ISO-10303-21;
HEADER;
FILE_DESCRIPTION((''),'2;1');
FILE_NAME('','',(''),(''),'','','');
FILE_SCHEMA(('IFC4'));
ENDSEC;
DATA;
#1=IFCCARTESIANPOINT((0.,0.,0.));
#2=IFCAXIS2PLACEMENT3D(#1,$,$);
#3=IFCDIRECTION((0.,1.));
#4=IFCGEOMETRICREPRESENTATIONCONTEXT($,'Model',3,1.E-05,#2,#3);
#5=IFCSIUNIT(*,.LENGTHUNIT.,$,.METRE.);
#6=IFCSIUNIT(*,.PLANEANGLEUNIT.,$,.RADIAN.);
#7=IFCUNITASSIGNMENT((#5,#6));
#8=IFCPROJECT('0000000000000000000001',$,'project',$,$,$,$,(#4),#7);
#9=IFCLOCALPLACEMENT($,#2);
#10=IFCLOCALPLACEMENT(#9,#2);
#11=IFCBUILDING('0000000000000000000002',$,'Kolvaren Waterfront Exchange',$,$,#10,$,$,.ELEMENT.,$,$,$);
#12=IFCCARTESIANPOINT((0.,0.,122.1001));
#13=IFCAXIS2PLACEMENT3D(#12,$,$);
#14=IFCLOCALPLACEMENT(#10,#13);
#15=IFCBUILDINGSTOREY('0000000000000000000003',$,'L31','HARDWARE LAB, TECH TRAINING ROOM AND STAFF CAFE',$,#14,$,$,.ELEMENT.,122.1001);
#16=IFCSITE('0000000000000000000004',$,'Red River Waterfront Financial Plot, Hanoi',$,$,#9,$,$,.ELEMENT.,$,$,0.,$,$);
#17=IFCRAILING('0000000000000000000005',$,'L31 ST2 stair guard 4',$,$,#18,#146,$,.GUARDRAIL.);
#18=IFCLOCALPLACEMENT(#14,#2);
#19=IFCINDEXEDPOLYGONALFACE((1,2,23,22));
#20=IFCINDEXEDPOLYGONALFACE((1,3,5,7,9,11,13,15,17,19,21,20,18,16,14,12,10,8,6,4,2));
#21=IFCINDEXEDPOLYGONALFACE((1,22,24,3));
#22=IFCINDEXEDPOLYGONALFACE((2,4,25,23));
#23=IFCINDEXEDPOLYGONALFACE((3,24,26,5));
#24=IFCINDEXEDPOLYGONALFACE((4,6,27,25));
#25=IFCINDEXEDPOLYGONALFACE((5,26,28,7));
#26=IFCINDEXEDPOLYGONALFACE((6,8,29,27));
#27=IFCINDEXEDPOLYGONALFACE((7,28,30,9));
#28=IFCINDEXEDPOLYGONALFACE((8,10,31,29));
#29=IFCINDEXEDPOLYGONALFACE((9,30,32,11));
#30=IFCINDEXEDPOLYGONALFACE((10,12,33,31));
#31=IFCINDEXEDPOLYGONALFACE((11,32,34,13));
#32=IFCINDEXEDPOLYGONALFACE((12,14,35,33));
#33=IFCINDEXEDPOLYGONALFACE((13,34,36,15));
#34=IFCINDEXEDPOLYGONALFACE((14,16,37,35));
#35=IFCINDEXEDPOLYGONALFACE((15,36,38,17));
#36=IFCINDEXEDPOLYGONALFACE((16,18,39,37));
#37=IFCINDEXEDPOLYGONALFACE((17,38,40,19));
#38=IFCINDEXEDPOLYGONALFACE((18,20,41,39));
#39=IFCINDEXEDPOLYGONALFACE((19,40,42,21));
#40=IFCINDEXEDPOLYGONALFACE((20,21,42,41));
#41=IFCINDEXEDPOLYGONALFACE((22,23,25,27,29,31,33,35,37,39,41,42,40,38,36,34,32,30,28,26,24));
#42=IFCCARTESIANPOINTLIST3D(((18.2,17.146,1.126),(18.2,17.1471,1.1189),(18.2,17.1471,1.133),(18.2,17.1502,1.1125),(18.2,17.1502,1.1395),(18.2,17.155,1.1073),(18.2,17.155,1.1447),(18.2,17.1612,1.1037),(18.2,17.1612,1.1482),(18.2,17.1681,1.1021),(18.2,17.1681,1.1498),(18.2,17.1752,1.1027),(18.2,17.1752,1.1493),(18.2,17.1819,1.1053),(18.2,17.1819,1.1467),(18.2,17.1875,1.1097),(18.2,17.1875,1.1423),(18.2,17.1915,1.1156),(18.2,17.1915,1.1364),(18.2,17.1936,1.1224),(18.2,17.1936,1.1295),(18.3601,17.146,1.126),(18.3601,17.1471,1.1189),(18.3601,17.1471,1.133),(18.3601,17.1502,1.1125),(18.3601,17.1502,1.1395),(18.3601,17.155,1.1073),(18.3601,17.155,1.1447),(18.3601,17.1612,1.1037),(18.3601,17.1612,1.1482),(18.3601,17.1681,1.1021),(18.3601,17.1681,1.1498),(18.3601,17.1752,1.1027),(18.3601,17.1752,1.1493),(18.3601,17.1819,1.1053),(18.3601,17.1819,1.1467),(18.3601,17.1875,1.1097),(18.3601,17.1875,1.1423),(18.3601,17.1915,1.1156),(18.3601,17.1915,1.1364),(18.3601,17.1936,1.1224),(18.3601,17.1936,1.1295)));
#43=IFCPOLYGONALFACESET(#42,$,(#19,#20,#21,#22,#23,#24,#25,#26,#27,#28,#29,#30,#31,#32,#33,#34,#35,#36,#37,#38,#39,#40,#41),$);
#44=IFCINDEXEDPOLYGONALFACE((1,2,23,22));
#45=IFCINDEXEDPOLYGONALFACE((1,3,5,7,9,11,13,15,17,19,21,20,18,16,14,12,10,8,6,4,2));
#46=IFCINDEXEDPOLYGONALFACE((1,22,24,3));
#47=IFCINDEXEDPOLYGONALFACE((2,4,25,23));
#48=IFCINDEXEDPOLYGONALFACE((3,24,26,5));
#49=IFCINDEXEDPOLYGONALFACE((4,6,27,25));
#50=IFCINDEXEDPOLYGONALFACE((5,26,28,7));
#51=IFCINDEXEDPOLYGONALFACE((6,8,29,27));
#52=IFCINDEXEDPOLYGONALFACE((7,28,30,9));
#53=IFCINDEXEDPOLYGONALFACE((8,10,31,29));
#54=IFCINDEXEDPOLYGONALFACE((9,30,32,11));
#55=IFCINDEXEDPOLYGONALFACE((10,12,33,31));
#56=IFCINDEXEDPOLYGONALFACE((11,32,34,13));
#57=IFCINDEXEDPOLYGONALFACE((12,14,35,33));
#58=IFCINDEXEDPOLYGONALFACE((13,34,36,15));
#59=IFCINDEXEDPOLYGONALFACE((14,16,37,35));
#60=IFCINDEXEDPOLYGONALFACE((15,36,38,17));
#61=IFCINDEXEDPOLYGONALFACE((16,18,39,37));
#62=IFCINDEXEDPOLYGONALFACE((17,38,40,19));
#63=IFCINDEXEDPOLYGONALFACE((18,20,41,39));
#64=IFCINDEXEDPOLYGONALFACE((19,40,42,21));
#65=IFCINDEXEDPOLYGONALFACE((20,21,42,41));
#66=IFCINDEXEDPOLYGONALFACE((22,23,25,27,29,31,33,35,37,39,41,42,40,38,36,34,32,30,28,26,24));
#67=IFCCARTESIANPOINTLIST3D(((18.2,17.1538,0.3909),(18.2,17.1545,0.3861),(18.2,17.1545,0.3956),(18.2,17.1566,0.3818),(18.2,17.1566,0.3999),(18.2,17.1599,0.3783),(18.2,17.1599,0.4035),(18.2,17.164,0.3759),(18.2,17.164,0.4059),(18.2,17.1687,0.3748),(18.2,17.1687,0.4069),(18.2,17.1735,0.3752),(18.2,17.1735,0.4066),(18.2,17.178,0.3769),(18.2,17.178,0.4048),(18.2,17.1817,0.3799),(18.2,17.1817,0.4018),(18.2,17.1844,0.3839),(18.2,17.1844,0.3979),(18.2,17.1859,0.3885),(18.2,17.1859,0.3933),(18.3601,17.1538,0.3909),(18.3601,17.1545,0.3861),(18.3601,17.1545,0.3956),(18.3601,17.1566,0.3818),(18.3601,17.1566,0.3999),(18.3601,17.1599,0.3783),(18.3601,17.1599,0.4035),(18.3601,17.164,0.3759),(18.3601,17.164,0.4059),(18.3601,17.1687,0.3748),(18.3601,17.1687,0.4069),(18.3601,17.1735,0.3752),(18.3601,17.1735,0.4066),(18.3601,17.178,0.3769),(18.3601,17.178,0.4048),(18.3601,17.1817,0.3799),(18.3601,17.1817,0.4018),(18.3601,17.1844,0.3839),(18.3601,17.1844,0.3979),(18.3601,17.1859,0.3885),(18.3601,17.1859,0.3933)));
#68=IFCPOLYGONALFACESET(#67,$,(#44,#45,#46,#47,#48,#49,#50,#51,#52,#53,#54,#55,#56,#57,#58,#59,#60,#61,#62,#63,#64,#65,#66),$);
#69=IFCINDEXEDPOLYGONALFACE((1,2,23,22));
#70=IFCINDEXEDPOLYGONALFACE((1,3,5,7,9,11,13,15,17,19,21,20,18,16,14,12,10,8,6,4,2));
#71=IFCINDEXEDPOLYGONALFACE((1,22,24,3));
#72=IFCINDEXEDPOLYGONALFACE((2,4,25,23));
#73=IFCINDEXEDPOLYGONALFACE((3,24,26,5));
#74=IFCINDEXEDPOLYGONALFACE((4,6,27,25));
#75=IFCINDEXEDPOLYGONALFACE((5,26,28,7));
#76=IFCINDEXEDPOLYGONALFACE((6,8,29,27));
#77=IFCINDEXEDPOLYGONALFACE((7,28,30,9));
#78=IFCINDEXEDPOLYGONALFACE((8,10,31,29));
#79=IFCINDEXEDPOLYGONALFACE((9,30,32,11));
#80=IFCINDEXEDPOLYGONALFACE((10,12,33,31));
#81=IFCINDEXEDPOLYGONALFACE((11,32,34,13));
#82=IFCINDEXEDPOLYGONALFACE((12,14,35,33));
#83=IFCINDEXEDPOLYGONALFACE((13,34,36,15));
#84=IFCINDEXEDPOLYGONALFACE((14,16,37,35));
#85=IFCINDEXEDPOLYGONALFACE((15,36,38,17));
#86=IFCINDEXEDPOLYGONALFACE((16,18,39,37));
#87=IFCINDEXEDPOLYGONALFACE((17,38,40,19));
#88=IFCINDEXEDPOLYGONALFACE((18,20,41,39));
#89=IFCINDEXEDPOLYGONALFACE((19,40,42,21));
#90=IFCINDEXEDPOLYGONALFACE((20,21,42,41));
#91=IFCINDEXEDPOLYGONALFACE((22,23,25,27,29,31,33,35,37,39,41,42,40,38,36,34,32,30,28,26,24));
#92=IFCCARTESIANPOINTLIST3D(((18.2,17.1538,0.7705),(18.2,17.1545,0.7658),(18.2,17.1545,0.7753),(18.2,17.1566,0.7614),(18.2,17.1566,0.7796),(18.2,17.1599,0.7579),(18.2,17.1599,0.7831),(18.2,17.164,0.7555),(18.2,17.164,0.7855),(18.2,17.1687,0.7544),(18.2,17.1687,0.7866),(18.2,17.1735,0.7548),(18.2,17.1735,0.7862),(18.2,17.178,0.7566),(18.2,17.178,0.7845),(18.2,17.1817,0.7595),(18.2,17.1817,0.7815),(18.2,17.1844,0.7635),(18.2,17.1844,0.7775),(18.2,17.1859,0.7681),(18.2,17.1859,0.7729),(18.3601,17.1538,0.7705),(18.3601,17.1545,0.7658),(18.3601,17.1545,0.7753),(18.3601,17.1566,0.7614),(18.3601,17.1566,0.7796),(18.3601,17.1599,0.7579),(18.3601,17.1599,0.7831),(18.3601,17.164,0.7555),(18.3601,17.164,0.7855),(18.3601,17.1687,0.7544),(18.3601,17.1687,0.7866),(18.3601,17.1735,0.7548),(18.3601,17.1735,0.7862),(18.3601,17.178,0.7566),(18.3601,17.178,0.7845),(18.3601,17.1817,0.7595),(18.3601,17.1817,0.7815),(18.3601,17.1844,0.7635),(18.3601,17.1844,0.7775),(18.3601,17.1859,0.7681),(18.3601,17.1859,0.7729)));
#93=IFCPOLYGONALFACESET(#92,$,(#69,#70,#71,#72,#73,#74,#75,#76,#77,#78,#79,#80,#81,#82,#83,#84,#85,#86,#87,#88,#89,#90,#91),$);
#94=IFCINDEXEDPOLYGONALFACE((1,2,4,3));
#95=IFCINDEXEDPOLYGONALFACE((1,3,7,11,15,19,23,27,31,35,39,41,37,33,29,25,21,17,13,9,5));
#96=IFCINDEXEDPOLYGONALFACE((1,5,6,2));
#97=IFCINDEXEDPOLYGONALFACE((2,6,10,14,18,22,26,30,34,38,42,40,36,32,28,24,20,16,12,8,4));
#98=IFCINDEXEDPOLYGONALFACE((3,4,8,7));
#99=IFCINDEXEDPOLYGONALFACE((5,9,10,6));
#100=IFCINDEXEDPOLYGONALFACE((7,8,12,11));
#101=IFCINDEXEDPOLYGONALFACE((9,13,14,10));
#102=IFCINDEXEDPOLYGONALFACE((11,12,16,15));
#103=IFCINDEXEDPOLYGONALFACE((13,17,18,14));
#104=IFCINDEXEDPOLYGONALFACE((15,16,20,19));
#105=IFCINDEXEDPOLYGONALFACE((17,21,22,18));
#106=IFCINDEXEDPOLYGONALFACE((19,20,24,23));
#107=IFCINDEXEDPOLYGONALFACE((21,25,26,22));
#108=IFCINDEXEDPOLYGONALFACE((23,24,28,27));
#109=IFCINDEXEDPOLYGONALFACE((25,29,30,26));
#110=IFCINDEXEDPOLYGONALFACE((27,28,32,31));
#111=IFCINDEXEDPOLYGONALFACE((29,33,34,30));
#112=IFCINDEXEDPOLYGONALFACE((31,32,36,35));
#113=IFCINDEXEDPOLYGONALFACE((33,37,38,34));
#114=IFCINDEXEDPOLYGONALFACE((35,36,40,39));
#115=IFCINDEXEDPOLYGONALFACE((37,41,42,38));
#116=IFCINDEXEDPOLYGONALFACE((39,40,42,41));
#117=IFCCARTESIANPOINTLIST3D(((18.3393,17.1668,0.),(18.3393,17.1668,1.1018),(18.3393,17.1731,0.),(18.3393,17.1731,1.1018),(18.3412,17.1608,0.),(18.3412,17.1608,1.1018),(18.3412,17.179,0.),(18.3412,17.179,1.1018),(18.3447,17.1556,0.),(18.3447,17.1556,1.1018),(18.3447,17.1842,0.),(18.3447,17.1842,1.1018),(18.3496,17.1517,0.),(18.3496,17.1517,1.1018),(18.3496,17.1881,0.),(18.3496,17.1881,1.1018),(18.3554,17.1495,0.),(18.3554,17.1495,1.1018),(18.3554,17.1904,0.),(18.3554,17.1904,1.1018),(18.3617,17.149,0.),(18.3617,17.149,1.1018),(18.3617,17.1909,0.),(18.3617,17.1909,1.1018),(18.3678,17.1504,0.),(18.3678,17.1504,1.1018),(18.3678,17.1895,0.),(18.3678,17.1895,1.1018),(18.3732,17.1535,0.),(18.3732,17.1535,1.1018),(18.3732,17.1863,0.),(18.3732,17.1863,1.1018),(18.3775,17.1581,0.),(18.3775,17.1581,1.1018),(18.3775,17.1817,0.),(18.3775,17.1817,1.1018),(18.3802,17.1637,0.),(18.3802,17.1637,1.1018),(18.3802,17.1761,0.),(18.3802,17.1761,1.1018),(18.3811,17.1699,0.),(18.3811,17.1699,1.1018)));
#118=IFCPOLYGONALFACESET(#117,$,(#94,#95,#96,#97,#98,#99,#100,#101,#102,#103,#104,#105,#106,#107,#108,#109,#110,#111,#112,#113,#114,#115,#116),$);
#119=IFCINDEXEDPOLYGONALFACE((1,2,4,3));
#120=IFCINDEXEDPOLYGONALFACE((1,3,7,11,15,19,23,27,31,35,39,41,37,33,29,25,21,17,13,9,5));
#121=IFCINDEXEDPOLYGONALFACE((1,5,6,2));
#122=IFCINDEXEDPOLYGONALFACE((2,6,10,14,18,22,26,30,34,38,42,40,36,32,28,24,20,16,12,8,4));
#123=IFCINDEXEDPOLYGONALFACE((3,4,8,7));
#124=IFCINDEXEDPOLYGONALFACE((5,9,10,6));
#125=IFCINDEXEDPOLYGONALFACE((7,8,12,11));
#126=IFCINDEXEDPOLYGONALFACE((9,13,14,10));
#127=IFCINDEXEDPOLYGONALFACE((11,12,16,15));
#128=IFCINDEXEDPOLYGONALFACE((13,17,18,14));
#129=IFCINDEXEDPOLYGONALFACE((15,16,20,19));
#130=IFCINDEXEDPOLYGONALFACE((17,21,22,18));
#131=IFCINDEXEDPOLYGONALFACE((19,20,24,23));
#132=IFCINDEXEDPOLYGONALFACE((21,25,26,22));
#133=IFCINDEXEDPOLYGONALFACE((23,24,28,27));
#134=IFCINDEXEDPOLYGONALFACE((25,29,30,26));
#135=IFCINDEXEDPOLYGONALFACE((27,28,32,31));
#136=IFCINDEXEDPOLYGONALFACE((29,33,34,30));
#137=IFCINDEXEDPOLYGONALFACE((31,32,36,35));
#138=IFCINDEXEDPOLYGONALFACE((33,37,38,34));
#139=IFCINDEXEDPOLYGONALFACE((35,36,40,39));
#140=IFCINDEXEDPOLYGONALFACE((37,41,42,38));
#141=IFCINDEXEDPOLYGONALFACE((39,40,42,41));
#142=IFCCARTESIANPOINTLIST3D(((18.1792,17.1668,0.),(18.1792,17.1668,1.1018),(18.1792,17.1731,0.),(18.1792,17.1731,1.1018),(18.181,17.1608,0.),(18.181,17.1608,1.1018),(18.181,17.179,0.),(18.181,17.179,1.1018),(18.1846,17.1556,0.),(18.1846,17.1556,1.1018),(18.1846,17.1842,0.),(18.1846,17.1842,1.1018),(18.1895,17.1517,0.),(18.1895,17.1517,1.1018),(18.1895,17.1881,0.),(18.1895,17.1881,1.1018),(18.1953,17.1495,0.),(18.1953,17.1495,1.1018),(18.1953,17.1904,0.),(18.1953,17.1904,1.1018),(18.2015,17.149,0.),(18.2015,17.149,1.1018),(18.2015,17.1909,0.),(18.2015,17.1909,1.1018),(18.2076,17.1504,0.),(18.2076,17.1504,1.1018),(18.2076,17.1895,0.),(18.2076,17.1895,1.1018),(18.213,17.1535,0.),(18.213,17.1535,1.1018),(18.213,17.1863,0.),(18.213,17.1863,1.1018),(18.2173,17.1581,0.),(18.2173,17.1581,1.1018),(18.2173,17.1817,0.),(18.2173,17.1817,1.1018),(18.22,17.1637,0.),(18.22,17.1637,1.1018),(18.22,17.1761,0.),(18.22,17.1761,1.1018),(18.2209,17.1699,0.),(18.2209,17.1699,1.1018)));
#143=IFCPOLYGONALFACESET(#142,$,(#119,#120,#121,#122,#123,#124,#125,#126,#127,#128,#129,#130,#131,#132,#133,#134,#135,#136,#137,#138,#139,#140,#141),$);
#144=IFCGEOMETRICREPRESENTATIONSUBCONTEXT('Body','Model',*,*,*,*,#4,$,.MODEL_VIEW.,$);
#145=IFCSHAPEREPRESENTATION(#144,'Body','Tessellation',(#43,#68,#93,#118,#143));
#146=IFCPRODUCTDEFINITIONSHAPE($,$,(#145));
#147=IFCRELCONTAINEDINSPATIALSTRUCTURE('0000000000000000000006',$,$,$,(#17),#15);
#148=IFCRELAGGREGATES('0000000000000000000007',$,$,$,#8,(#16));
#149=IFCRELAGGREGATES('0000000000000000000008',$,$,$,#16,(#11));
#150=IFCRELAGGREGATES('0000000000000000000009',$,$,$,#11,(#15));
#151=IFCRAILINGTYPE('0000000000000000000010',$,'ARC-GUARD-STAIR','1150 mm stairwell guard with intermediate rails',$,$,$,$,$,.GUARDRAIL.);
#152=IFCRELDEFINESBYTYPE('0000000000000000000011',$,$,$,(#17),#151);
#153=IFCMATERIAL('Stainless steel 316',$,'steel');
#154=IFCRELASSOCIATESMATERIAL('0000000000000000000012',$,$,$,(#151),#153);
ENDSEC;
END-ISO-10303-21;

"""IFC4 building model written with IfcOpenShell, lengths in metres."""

from ifc_helpers import new_model, si_unit, direction, frame, origin, origin_2d, place, context, subcontext, project, spatial, circle, extrude, material, type_object, element, save


model = new_model("IFC4")

# Units and contexts
model_context = context("Model", 3, precision=1e-05, world=origin(), true_north=direction((0.0, 1.0)))
body_context = subcontext(model_context, "Body", "Model", "MODEL_VIEW")
ifc_project = project(units=[si_unit("LENGTHUNIT", "METRE"), si_unit("PLANEANGLEUNIT", "RADIAN")], contexts=[model_context])

# Site, building, storey
site_placement = place(None, origin())
site = spatial("IfcSite", under=ifc_project, at=site_placement, Name="Red River Waterfront Financial Plot, Hanoi", CompositionType="ELEMENT", RefElevation=0.0)
building_placement = place(site_placement, origin())
building = spatial("IfcBuilding", under=site, at=building_placement, Name="Kolvaren Waterfront Exchange", CompositionType="ELEMENT")
storey_placement = place(building_placement, frame((0.0, 0.0, 122.1001)))
storey = spatial("IfcBuildingStorey", under=building, at=storey_placement, Name="L31", Description="HARDWARE LAB, TECH TRAINING ROOM AND STAFF CAFE", CompositionType="ELEMENT", Elevation=122.1001)

# Railing
ifc_material_1 = material(Name="Stainless steel 316", Category="steel")
railing_type_1 = type_object("IfcRailingType", Name="ARC-GUARD-STAIR", Description="1150 mm stairwell guard with intermediate rails", PredefinedType="GUARDRAIL", material=ifc_material_1)
railing_1_placement = place(storey_placement, frame((18.3601, 17.1699, 0.0)))
element("IfcRailing", 1, at=railing_1_placement, inside=storey, type_object=railing_type_1, Name="L31 ST2 stair guard 4", PredefinedType="GUARDRAIL", context=body_context, shape_type="SweptSolid", body=[
    extrude(circle(Radius=0.0239, at=origin_2d()), frame((0.0, 0.0, 1.126), z_axis=(-1.0, 0.0, 0.0), x_axis=(0.0, -1.0, 0.0)), (0.0, 0.0, 1.0), 0.1602),
    extrude(circle(Radius=0.0161, at=origin_2d()), frame((0.0, 0.0, 0.3909), z_axis=(-1.0, 0.0, 0.0), x_axis=(0.0, -1.0, 0.0)), (0.0, 0.0, 1.0), 0.1602),
    extrude(circle(Radius=0.0161, at=origin_2d()), frame((0.0, 0.0, 0.7705), z_axis=(-1.0, 0.0, 0.0), x_axis=(0.0, -1.0, 0.0)), (0.0, 0.0, 1.0), 0.1602),
    extrude(circle(Radius=0.021, at=origin_2d()), origin(), (0.0, 0.0, 1.0), 1.1018),
    extrude(circle(Radius=0.021, at=origin_2d()), frame((-0.1602, 0.0, 0.0)), (0.0, 0.0, 1.0), 1.1018),
])

save(model, "model.ifc")
